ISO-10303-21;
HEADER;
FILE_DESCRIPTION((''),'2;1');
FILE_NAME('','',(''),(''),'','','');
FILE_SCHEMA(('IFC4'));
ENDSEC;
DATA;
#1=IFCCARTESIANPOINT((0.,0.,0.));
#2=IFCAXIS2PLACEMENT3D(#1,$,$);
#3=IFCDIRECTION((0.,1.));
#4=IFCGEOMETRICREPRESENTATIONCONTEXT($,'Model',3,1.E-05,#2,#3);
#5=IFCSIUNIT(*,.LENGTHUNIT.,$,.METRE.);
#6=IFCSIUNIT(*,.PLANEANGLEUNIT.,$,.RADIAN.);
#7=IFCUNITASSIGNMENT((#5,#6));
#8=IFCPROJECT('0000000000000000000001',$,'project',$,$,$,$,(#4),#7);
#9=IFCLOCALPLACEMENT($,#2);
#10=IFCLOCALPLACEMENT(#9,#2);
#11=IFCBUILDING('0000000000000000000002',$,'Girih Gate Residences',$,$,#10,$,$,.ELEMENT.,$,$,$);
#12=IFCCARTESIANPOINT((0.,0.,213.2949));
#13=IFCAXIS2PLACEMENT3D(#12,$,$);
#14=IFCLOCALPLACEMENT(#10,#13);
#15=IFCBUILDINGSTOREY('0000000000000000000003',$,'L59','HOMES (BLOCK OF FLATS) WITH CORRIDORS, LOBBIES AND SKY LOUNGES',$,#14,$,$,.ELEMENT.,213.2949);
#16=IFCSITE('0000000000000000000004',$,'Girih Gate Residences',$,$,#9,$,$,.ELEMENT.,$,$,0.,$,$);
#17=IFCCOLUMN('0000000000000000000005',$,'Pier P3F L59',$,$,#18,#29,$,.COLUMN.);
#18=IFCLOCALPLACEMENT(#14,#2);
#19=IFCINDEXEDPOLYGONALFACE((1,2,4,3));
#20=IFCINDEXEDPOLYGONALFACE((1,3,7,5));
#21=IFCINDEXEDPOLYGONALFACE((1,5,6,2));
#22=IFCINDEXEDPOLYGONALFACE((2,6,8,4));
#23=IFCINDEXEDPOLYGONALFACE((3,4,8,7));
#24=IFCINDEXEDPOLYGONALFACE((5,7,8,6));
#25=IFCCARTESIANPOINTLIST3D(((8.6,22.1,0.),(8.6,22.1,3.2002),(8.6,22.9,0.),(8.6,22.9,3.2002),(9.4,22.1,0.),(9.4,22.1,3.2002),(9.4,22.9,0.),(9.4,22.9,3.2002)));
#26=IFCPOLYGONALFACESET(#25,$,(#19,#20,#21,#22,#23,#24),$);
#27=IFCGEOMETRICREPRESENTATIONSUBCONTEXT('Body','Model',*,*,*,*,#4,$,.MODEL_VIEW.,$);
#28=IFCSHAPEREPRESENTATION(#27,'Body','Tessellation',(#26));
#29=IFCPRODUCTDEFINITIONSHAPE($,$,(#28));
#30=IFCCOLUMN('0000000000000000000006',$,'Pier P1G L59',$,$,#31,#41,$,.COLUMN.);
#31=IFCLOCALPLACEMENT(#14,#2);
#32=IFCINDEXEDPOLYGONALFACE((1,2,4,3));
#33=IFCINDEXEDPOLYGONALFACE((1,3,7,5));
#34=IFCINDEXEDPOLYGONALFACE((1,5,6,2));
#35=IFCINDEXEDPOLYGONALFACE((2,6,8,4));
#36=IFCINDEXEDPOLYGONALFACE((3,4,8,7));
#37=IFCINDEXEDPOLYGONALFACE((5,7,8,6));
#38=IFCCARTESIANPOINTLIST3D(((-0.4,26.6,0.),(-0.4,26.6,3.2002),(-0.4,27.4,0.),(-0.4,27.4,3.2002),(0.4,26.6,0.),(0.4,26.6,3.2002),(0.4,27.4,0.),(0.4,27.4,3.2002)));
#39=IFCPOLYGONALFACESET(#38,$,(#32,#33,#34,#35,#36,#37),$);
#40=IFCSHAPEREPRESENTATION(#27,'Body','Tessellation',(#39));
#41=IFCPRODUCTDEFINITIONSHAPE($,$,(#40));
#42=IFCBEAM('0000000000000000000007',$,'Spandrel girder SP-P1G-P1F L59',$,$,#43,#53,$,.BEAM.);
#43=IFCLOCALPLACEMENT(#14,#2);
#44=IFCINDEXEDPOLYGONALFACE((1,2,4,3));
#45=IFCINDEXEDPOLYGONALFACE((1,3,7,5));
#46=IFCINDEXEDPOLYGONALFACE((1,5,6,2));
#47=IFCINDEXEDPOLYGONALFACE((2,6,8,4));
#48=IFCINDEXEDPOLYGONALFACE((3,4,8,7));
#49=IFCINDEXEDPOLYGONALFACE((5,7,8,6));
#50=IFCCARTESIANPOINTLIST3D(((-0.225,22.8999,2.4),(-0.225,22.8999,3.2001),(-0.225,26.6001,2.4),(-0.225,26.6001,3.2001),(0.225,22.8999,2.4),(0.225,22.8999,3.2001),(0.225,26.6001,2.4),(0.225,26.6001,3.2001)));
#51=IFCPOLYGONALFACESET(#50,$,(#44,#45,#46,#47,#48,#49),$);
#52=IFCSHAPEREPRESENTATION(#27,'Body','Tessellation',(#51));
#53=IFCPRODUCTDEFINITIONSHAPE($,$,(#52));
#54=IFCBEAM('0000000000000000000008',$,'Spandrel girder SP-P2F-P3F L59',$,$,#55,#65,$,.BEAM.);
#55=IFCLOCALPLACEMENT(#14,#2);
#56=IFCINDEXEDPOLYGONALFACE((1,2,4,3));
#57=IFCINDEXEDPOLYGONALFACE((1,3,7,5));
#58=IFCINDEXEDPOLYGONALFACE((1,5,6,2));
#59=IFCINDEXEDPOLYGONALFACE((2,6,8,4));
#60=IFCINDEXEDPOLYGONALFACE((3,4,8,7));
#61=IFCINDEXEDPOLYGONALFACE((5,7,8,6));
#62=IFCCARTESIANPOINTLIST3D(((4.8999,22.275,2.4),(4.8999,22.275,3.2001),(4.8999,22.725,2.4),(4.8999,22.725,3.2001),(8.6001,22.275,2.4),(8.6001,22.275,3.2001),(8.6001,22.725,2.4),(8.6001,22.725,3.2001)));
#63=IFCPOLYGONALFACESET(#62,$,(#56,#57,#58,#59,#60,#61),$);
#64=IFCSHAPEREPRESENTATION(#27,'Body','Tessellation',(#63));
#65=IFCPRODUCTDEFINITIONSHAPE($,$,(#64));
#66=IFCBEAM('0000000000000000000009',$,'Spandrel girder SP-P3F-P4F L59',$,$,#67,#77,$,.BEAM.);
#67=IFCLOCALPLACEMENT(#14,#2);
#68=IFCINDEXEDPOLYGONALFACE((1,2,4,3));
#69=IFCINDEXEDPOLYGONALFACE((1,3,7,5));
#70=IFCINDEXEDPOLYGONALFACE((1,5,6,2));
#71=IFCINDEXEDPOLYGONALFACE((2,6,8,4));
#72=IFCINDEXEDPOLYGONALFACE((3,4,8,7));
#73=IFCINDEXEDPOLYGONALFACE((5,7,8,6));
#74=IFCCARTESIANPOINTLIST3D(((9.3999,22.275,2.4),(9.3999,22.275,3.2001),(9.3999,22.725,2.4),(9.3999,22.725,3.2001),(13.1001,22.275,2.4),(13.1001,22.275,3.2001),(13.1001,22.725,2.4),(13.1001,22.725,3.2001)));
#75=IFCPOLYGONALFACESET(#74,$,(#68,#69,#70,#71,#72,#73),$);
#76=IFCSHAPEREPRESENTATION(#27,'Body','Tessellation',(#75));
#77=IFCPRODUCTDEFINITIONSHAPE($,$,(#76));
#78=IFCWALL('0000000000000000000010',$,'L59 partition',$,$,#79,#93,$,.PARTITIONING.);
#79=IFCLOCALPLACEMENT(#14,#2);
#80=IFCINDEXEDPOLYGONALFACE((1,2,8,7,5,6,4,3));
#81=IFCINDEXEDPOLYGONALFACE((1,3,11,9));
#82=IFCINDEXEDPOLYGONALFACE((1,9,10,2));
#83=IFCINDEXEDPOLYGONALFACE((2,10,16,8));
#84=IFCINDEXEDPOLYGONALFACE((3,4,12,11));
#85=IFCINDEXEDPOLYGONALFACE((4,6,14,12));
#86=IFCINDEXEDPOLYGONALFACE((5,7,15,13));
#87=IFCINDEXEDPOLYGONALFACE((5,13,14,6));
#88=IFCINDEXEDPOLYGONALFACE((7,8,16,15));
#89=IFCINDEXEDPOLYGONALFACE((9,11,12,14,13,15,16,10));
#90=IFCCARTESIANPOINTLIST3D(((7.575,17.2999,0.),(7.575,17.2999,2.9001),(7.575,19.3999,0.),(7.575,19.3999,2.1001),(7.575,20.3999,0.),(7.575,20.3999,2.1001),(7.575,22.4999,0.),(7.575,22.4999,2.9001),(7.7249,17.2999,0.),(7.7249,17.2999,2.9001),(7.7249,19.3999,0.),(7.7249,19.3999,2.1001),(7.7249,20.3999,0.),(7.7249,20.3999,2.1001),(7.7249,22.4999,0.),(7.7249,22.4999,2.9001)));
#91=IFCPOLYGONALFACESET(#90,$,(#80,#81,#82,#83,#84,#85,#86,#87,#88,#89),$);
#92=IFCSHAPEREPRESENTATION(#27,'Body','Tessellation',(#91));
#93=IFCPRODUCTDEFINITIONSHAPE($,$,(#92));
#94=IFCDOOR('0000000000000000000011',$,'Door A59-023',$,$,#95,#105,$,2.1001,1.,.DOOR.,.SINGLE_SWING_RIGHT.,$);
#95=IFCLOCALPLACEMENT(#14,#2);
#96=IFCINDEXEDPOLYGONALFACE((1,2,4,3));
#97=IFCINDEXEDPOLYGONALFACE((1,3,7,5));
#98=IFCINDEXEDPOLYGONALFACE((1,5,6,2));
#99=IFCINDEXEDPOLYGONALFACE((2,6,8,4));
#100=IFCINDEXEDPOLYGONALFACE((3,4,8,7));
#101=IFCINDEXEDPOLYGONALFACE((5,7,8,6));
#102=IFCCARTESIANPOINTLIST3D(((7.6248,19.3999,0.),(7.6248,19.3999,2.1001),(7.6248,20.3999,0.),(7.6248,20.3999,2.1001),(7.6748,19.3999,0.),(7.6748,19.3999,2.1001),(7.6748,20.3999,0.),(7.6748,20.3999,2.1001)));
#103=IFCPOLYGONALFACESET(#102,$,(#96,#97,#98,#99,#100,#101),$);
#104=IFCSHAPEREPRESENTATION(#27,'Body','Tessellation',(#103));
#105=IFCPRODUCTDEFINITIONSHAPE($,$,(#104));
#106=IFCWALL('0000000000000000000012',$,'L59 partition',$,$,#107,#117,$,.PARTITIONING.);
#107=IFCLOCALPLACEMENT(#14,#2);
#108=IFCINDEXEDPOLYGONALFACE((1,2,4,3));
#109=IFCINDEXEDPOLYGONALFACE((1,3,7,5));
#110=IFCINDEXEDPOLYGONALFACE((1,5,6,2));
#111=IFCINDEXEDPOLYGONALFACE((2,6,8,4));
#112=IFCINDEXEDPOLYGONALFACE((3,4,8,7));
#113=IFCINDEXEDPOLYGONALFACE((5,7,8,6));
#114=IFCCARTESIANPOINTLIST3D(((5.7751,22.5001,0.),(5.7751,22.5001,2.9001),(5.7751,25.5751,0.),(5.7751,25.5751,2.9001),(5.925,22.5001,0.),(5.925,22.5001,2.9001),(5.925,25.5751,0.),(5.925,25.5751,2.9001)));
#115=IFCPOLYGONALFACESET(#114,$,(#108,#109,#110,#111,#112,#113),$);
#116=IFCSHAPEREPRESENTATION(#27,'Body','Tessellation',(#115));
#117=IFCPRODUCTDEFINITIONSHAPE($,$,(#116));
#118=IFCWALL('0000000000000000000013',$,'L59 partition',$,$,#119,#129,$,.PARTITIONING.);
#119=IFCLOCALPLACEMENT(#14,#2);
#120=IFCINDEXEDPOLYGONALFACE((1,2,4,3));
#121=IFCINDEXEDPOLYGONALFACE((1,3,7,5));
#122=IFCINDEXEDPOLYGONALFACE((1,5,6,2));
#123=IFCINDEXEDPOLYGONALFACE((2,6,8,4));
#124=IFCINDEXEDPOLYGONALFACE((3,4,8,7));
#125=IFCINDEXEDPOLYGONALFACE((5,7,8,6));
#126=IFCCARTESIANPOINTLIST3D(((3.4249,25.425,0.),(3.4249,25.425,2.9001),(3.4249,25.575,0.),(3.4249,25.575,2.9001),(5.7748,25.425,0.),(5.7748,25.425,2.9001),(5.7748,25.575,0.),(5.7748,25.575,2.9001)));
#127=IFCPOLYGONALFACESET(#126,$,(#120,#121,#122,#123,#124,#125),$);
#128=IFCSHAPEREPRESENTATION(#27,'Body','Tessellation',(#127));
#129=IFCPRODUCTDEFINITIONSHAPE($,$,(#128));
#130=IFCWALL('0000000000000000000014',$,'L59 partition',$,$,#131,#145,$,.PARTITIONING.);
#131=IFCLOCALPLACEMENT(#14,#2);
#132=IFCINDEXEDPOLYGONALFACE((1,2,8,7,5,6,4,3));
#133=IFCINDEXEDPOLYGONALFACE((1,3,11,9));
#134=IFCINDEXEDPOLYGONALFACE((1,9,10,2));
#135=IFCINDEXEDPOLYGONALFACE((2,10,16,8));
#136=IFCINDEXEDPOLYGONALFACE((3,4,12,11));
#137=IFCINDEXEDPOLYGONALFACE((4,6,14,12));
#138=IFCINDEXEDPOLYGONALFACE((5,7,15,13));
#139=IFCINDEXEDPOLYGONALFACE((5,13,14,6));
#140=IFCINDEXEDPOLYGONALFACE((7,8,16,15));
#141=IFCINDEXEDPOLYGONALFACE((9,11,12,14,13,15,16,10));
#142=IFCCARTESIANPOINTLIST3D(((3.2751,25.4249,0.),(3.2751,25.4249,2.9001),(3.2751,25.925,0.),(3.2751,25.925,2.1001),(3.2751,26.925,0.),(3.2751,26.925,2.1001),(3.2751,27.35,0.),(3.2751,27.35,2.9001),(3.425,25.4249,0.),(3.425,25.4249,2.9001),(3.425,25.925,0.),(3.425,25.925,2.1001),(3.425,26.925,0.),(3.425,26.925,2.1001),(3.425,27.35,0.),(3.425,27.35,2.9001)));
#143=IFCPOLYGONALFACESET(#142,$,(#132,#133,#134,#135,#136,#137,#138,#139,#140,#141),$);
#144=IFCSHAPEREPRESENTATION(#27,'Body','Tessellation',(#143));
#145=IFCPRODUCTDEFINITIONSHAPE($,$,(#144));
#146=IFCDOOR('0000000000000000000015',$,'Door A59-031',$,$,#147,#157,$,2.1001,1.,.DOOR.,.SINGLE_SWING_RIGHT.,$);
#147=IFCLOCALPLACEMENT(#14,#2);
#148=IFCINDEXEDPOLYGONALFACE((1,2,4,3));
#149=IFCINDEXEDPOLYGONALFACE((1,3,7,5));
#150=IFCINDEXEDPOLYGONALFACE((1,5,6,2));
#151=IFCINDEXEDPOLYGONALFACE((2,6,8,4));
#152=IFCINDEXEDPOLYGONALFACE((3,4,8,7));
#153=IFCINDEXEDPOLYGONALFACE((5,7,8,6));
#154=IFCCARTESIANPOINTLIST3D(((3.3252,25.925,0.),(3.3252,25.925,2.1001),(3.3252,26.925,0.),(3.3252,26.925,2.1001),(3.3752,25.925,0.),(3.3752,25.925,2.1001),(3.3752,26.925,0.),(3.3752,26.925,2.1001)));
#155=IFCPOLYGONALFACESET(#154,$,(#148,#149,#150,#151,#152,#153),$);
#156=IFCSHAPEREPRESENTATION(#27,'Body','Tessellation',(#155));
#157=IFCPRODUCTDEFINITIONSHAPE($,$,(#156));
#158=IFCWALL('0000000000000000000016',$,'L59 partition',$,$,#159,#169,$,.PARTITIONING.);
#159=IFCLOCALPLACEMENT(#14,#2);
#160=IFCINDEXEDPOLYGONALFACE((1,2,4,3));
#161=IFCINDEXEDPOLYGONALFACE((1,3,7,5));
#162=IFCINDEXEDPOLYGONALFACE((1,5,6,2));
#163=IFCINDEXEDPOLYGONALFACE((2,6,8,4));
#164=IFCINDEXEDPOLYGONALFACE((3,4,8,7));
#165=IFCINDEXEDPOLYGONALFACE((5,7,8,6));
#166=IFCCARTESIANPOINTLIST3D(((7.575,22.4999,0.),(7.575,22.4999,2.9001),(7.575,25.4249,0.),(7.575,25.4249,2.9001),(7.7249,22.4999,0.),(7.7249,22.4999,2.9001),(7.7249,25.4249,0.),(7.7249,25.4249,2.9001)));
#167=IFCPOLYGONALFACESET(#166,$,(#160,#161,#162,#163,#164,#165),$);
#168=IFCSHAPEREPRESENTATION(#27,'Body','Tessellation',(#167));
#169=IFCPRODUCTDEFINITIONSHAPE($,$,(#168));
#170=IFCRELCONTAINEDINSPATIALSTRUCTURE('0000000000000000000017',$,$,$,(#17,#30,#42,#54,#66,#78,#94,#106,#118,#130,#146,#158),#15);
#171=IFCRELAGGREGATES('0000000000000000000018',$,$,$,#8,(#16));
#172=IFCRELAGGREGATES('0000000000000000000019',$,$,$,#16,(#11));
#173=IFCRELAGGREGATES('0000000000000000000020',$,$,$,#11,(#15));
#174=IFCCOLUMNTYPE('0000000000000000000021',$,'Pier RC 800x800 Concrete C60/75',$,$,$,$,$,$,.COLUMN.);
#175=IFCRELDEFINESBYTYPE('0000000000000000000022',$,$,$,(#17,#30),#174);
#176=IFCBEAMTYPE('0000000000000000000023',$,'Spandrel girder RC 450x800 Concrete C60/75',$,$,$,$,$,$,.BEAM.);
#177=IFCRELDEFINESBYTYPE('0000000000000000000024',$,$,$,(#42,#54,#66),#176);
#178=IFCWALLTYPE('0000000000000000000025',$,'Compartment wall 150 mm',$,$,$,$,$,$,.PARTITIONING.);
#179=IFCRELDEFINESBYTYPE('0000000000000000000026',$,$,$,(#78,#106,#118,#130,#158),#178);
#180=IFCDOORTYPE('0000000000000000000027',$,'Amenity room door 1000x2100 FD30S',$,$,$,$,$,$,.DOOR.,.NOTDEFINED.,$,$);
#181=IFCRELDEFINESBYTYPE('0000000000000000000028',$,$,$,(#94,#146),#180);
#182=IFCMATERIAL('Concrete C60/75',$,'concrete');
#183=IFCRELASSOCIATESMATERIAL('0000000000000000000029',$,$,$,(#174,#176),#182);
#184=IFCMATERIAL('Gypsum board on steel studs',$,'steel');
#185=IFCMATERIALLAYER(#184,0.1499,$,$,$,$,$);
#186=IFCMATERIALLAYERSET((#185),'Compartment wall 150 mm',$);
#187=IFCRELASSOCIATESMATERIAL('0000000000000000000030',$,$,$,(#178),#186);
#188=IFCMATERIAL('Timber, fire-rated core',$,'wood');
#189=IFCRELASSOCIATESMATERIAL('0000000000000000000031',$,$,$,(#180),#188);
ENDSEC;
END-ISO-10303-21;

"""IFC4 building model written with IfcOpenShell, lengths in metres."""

from ifc_helpers import new_model, si_unit, direction, frame, frame_2d, origin, origin_2d, place, context, subcontext, project, spatial, rectangle, extrude, material, layer, layer_set, material_profile, profile_set, type_object, element, fill, save


model = new_model("IFC4")

# Units and contexts
model_context = context("Model", 3, precision=1e-05, world=origin(), true_north=direction((0.0, 1.0)))
body_context = subcontext(model_context, "Body", "Model", "MODEL_VIEW")
ifc_project = project(units=[si_unit("LENGTHUNIT", "METRE"), si_unit("PLANEANGLEUNIT", "RADIAN")], contexts=[model_context])

# Site, building, storey
site_placement = place(None, origin())
site = spatial("IfcSite", under=ifc_project, at=site_placement, Name="Girih Gate Residences", CompositionType="ELEMENT", RefElevation=0.0)
building_placement = place(site_placement, origin())
building = spatial("IfcBuilding", under=site, at=building_placement, Name="Girih Gate Residences", CompositionType="ELEMENT")
storey_placement = place(building_placement, frame((0.0, 0.0, 213.2949)))
storey = spatial("IfcBuildingStorey", under=building, at=storey_placement, Name="L59", Description="HOMES (BLOCK OF FLATS) WITH CORRIDORS, LOBBIES AND SKY LOUNGES", CompositionType="ELEMENT", Elevation=213.2949)

# Columns
ifc_material_1 = material(Name="Concrete C60/75", Category="concrete")
ifc_material_profile_1 = material_profile(ifc_material_1, rectangle(XDim=0.8, YDim=0.8, at=origin_2d()))
ifc_profile_set_1 = profile_set([ifc_material_profile_1], Name="Concrete C60/75")
column_type = type_object("IfcColumnType", Name="Pier RC 800x800 Concrete C60/75", PredefinedType="COLUMN", material=ifc_profile_set_1)
for number, where, z_axis, x_axis, name in (
    (1, (9.0, 22.5, 0.0), (0.0, 0.0, 1.0), (1.0, 0.0, 0.0), "Pier P3F L59"),
    (2, (0.0, 27.0, 0.0), (0.0, 0.0, 1.0), (1.0, 0.0, 0.0), "Pier P1G L59"),
):
    element("IfcColumn", number, at=place(storey_placement, frame(where, z_axis=z_axis, x_axis=x_axis)), inside=storey, type_object=column_type, Name=name, PredefinedType="COLUMN", context=body_context, shape_type="SweptSolid", body=[
        extrude(rectangle(XDim=0.8, YDim=0.8, at=origin_2d()), origin(), (0.0, 0.0, 1.0), 3.2002),
    ])

# Beams
ifc_material_profile_2 = material_profile(ifc_material_1, rectangle(XDim=0.45, YDim=0.8, at=origin_2d()))
ifc_profile_set_2 = profile_set([ifc_material_profile_2], Name="Concrete C60/75")
beam_type = type_object("IfcBeamType", Name="Spandrel girder RC 450x800 Concrete C60/75", PredefinedType="BEAM", material=ifc_profile_set_2)
for number, where, z_axis, x_axis, name in (
    (3, (0.0, 26.6001, 2.8), (0.0, -1.0, 0.0), (1.0, 0.0, 0.0), "Spandrel girder SP-P1G-P1F L59"),
    (4, (4.8999, 22.5, 2.8), (1.0, 0.0, 0.0), (0.0, 1.0, 0.0), "Spandrel girder SP-P2F-P3F L59"),
    (5, (9.3999, 22.5, 2.8), (1.0, 0.0, 0.0), (0.0, 1.0, 0.0), "Spandrel girder SP-P3F-P4F L59"),
):
    element("IfcBeam", number, at=place(storey_placement, frame(where, z_axis=z_axis, x_axis=x_axis)), inside=storey, type_object=beam_type, Name=name, PredefinedType="BEAM", context=body_context, shape_type="SweptSolid", body=[
        extrude(rectangle(XDim=0.45, YDim=0.8, at=origin_2d()), origin(), (0.0, 0.0, 1.0), 3.7002),
    ])

# Wall, opening, door
ifc_material_2 = material(Name="Gypsum board on steel studs", Category="steel")
ifc_layer_1 = layer(ifc_material_2, 0.1499)
ifc_layer_set_1 = layer_set([ifc_layer_1], Name="Compartment wall 150 mm")
wall_type_1 = type_object("IfcWallType", Name="Compartment wall 150 mm", PredefinedType="PARTITIONING", material=ifc_layer_set_1)
wall_1_placement = place(storey_placement, frame((7.6499, 22.5, 0.0), z_axis=(0.0, 0.0, 1.0), x_axis=(0.0, -1.0, 0.0)))
wall_1 = element("IfcWall", 6, at=wall_1_placement, inside=storey, type_object=wall_type_1, Name="L59 partition", PredefinedType="PARTITIONING", context=body_context, shape_type="SweptSolid", body=[
    extrude(rectangle(XDim=5.2, YDim=0.1499, at=frame_2d((2.6001, 0.0))), origin(), (0.0, 0.0, 1.0), 2.9001),
])
opening_1_placement = place(wall_1_placement, frame((2.1001, 0.0, 0.0)))
opening_1 = element("IfcOpeningElement", 7, at=opening_1_placement, cuts=wall_1, PredefinedType="OPENING", context=body_context, shape_type="SweptSolid", body=[
    extrude(rectangle(XDim=1.0, YDim=2.1001, at=frame_2d((0.5, 1.05))), frame((0.0, 0.085, 0.0), z_axis=(0.0, -1.0, 0.0), x_axis=(1.0, 0.0, 0.0)), (0.0, 0.0, 1.0), 0.1699),
])
ifc_material_3 = material(Name="Timber, fire-rated core", Category="wood")
door_type_1 = type_object("IfcDoorType", Name="Amenity room door 1000x2100 FD30S", OperationType="NOTDEFINED", PredefinedType="DOOR", material=ifc_material_3)
door_1_placement = place(opening_1_placement, origin())
door_1 = element("IfcDoor", 8, at=door_1_placement, inside=storey, type_object=door_type_1, Name="Door A59-023", OperationType="SINGLE_SWING_RIGHT", OverallHeight=2.1001, OverallWidth=1.0, PredefinedType="DOOR", context=body_context, shape_type="SweptSolid", body=[
    extrude(rectangle(XDim=1.0, YDim=2.1001, at=frame_2d((0.5, 1.05))), frame((0.0, 0.0249, 0.0), z_axis=(0.0, -1.0, 0.0), x_axis=(1.0, 0.0, 0.0)), (0.0, 0.0, 1.0), 0.05),
])
fill(opening_1, door_1)

# Walls
wall_2_placement = place(storey_placement, frame((5.8501, 22.5, 0.0), z_axis=(0.0, 0.0, 1.0), x_axis=(0.0, 1.0, 0.0)))
element("IfcWall", 9, at=wall_2_placement, inside=storey, type_object=wall_type_1, Name="L59 partition", PredefinedType="PARTITIONING", context=body_context, shape_type="SweptSolid", body=[
    extrude(rectangle(XDim=3.075, YDim=0.1499, at=frame_2d((1.5376, 0.0))), origin(), (0.0, 0.0, 1.0), 2.9001),
])
wall_3_placement = place(storey_placement, frame((3.425, 25.5, 0.0), z_axis=(0.0, 0.0, 1.0), x_axis=(1.0, 0.0, 0.0)))
element("IfcWall", 10, at=wall_3_placement, inside=storey, type_object=wall_type_1, Name="L59 partition", PredefinedType="PARTITIONING", context=body_context, shape_type="SweptSolid", body=[
    extrude(rectangle(XDim=2.3499, YDim=0.1499, at=frame_2d((1.1748, 0.0))), origin(), (0.0, 0.0, 1.0), 2.9001),
])

# Wall, opening, door
wall_4_placement = place(storey_placement, frame((3.3501, 25.425, 0.0), z_axis=(0.0, 0.0, 1.0), x_axis=(0.0, 1.0, 0.0)))
wall_4 = element("IfcWall", 11, at=wall_4_placement, inside=storey, type_object=wall_type_1, Name="L59 partition", PredefinedType="PARTITIONING", context=body_context, shape_type="SweptSolid", body=[
    extrude(rectangle(XDim=1.925, YDim=0.1499, at=frame_2d((0.9624, 0.0))), origin(), (0.0, 0.0, 1.0), 2.9001),
])
opening_2_placement = place(wall_4_placement, frame((0.5, 0.0, 0.0)))
opening_2 = element("IfcOpeningElement", 12, at=opening_2_placement, cuts=wall_4, PredefinedType="OPENING", context=body_context, shape_type="SweptSolid", body=[
    extrude(rectangle(XDim=1.0, YDim=2.1001, at=frame_2d((0.5, 1.05))), frame((0.0, 0.085, 0.0), z_axis=(0.0, -1.0, 0.0), x_axis=(1.0, 0.0, 0.0)), (0.0, 0.0, 1.0), 0.1699),
])
door_2_placement = place(opening_2_placement, origin())
door_2 = element("IfcDoor", 13, at=door_2_placement, inside=storey, type_object=door_type_1, Name="Door A59-031", OperationType="SINGLE_SWING_RIGHT", OverallHeight=2.1001, OverallWidth=1.0, PredefinedType="DOOR", context=body_context, shape_type="SweptSolid", body=[
    extrude(rectangle(XDim=1.0, YDim=2.1001, at=frame_2d((0.5, 1.05))), frame((0.0, 0.0249, 0.0), z_axis=(0.0, -1.0, 0.0), x_axis=(1.0, 0.0, 0.0)), (0.0, 0.0, 1.0), 0.05),
])
fill(opening_2, door_2)

# Wall
wall_5_placement = place(storey_placement, frame((7.6499, 22.5, 0.0), z_axis=(0.0, 0.0, 1.0), x_axis=(0.0, 1.0, 0.0)))
element("IfcWall", 14, at=wall_5_placement, inside=storey, type_object=wall_type_1, Name="L59 partition", PredefinedType="PARTITIONING", context=body_context, shape_type="SweptSolid", body=[
    extrude(rectangle(XDim=2.925, YDim=0.1499, at=frame_2d((1.4624, 0.0))), origin(), (0.0, 0.0, 1.0), 2.9001),
])

save(model, "model.ifc")
